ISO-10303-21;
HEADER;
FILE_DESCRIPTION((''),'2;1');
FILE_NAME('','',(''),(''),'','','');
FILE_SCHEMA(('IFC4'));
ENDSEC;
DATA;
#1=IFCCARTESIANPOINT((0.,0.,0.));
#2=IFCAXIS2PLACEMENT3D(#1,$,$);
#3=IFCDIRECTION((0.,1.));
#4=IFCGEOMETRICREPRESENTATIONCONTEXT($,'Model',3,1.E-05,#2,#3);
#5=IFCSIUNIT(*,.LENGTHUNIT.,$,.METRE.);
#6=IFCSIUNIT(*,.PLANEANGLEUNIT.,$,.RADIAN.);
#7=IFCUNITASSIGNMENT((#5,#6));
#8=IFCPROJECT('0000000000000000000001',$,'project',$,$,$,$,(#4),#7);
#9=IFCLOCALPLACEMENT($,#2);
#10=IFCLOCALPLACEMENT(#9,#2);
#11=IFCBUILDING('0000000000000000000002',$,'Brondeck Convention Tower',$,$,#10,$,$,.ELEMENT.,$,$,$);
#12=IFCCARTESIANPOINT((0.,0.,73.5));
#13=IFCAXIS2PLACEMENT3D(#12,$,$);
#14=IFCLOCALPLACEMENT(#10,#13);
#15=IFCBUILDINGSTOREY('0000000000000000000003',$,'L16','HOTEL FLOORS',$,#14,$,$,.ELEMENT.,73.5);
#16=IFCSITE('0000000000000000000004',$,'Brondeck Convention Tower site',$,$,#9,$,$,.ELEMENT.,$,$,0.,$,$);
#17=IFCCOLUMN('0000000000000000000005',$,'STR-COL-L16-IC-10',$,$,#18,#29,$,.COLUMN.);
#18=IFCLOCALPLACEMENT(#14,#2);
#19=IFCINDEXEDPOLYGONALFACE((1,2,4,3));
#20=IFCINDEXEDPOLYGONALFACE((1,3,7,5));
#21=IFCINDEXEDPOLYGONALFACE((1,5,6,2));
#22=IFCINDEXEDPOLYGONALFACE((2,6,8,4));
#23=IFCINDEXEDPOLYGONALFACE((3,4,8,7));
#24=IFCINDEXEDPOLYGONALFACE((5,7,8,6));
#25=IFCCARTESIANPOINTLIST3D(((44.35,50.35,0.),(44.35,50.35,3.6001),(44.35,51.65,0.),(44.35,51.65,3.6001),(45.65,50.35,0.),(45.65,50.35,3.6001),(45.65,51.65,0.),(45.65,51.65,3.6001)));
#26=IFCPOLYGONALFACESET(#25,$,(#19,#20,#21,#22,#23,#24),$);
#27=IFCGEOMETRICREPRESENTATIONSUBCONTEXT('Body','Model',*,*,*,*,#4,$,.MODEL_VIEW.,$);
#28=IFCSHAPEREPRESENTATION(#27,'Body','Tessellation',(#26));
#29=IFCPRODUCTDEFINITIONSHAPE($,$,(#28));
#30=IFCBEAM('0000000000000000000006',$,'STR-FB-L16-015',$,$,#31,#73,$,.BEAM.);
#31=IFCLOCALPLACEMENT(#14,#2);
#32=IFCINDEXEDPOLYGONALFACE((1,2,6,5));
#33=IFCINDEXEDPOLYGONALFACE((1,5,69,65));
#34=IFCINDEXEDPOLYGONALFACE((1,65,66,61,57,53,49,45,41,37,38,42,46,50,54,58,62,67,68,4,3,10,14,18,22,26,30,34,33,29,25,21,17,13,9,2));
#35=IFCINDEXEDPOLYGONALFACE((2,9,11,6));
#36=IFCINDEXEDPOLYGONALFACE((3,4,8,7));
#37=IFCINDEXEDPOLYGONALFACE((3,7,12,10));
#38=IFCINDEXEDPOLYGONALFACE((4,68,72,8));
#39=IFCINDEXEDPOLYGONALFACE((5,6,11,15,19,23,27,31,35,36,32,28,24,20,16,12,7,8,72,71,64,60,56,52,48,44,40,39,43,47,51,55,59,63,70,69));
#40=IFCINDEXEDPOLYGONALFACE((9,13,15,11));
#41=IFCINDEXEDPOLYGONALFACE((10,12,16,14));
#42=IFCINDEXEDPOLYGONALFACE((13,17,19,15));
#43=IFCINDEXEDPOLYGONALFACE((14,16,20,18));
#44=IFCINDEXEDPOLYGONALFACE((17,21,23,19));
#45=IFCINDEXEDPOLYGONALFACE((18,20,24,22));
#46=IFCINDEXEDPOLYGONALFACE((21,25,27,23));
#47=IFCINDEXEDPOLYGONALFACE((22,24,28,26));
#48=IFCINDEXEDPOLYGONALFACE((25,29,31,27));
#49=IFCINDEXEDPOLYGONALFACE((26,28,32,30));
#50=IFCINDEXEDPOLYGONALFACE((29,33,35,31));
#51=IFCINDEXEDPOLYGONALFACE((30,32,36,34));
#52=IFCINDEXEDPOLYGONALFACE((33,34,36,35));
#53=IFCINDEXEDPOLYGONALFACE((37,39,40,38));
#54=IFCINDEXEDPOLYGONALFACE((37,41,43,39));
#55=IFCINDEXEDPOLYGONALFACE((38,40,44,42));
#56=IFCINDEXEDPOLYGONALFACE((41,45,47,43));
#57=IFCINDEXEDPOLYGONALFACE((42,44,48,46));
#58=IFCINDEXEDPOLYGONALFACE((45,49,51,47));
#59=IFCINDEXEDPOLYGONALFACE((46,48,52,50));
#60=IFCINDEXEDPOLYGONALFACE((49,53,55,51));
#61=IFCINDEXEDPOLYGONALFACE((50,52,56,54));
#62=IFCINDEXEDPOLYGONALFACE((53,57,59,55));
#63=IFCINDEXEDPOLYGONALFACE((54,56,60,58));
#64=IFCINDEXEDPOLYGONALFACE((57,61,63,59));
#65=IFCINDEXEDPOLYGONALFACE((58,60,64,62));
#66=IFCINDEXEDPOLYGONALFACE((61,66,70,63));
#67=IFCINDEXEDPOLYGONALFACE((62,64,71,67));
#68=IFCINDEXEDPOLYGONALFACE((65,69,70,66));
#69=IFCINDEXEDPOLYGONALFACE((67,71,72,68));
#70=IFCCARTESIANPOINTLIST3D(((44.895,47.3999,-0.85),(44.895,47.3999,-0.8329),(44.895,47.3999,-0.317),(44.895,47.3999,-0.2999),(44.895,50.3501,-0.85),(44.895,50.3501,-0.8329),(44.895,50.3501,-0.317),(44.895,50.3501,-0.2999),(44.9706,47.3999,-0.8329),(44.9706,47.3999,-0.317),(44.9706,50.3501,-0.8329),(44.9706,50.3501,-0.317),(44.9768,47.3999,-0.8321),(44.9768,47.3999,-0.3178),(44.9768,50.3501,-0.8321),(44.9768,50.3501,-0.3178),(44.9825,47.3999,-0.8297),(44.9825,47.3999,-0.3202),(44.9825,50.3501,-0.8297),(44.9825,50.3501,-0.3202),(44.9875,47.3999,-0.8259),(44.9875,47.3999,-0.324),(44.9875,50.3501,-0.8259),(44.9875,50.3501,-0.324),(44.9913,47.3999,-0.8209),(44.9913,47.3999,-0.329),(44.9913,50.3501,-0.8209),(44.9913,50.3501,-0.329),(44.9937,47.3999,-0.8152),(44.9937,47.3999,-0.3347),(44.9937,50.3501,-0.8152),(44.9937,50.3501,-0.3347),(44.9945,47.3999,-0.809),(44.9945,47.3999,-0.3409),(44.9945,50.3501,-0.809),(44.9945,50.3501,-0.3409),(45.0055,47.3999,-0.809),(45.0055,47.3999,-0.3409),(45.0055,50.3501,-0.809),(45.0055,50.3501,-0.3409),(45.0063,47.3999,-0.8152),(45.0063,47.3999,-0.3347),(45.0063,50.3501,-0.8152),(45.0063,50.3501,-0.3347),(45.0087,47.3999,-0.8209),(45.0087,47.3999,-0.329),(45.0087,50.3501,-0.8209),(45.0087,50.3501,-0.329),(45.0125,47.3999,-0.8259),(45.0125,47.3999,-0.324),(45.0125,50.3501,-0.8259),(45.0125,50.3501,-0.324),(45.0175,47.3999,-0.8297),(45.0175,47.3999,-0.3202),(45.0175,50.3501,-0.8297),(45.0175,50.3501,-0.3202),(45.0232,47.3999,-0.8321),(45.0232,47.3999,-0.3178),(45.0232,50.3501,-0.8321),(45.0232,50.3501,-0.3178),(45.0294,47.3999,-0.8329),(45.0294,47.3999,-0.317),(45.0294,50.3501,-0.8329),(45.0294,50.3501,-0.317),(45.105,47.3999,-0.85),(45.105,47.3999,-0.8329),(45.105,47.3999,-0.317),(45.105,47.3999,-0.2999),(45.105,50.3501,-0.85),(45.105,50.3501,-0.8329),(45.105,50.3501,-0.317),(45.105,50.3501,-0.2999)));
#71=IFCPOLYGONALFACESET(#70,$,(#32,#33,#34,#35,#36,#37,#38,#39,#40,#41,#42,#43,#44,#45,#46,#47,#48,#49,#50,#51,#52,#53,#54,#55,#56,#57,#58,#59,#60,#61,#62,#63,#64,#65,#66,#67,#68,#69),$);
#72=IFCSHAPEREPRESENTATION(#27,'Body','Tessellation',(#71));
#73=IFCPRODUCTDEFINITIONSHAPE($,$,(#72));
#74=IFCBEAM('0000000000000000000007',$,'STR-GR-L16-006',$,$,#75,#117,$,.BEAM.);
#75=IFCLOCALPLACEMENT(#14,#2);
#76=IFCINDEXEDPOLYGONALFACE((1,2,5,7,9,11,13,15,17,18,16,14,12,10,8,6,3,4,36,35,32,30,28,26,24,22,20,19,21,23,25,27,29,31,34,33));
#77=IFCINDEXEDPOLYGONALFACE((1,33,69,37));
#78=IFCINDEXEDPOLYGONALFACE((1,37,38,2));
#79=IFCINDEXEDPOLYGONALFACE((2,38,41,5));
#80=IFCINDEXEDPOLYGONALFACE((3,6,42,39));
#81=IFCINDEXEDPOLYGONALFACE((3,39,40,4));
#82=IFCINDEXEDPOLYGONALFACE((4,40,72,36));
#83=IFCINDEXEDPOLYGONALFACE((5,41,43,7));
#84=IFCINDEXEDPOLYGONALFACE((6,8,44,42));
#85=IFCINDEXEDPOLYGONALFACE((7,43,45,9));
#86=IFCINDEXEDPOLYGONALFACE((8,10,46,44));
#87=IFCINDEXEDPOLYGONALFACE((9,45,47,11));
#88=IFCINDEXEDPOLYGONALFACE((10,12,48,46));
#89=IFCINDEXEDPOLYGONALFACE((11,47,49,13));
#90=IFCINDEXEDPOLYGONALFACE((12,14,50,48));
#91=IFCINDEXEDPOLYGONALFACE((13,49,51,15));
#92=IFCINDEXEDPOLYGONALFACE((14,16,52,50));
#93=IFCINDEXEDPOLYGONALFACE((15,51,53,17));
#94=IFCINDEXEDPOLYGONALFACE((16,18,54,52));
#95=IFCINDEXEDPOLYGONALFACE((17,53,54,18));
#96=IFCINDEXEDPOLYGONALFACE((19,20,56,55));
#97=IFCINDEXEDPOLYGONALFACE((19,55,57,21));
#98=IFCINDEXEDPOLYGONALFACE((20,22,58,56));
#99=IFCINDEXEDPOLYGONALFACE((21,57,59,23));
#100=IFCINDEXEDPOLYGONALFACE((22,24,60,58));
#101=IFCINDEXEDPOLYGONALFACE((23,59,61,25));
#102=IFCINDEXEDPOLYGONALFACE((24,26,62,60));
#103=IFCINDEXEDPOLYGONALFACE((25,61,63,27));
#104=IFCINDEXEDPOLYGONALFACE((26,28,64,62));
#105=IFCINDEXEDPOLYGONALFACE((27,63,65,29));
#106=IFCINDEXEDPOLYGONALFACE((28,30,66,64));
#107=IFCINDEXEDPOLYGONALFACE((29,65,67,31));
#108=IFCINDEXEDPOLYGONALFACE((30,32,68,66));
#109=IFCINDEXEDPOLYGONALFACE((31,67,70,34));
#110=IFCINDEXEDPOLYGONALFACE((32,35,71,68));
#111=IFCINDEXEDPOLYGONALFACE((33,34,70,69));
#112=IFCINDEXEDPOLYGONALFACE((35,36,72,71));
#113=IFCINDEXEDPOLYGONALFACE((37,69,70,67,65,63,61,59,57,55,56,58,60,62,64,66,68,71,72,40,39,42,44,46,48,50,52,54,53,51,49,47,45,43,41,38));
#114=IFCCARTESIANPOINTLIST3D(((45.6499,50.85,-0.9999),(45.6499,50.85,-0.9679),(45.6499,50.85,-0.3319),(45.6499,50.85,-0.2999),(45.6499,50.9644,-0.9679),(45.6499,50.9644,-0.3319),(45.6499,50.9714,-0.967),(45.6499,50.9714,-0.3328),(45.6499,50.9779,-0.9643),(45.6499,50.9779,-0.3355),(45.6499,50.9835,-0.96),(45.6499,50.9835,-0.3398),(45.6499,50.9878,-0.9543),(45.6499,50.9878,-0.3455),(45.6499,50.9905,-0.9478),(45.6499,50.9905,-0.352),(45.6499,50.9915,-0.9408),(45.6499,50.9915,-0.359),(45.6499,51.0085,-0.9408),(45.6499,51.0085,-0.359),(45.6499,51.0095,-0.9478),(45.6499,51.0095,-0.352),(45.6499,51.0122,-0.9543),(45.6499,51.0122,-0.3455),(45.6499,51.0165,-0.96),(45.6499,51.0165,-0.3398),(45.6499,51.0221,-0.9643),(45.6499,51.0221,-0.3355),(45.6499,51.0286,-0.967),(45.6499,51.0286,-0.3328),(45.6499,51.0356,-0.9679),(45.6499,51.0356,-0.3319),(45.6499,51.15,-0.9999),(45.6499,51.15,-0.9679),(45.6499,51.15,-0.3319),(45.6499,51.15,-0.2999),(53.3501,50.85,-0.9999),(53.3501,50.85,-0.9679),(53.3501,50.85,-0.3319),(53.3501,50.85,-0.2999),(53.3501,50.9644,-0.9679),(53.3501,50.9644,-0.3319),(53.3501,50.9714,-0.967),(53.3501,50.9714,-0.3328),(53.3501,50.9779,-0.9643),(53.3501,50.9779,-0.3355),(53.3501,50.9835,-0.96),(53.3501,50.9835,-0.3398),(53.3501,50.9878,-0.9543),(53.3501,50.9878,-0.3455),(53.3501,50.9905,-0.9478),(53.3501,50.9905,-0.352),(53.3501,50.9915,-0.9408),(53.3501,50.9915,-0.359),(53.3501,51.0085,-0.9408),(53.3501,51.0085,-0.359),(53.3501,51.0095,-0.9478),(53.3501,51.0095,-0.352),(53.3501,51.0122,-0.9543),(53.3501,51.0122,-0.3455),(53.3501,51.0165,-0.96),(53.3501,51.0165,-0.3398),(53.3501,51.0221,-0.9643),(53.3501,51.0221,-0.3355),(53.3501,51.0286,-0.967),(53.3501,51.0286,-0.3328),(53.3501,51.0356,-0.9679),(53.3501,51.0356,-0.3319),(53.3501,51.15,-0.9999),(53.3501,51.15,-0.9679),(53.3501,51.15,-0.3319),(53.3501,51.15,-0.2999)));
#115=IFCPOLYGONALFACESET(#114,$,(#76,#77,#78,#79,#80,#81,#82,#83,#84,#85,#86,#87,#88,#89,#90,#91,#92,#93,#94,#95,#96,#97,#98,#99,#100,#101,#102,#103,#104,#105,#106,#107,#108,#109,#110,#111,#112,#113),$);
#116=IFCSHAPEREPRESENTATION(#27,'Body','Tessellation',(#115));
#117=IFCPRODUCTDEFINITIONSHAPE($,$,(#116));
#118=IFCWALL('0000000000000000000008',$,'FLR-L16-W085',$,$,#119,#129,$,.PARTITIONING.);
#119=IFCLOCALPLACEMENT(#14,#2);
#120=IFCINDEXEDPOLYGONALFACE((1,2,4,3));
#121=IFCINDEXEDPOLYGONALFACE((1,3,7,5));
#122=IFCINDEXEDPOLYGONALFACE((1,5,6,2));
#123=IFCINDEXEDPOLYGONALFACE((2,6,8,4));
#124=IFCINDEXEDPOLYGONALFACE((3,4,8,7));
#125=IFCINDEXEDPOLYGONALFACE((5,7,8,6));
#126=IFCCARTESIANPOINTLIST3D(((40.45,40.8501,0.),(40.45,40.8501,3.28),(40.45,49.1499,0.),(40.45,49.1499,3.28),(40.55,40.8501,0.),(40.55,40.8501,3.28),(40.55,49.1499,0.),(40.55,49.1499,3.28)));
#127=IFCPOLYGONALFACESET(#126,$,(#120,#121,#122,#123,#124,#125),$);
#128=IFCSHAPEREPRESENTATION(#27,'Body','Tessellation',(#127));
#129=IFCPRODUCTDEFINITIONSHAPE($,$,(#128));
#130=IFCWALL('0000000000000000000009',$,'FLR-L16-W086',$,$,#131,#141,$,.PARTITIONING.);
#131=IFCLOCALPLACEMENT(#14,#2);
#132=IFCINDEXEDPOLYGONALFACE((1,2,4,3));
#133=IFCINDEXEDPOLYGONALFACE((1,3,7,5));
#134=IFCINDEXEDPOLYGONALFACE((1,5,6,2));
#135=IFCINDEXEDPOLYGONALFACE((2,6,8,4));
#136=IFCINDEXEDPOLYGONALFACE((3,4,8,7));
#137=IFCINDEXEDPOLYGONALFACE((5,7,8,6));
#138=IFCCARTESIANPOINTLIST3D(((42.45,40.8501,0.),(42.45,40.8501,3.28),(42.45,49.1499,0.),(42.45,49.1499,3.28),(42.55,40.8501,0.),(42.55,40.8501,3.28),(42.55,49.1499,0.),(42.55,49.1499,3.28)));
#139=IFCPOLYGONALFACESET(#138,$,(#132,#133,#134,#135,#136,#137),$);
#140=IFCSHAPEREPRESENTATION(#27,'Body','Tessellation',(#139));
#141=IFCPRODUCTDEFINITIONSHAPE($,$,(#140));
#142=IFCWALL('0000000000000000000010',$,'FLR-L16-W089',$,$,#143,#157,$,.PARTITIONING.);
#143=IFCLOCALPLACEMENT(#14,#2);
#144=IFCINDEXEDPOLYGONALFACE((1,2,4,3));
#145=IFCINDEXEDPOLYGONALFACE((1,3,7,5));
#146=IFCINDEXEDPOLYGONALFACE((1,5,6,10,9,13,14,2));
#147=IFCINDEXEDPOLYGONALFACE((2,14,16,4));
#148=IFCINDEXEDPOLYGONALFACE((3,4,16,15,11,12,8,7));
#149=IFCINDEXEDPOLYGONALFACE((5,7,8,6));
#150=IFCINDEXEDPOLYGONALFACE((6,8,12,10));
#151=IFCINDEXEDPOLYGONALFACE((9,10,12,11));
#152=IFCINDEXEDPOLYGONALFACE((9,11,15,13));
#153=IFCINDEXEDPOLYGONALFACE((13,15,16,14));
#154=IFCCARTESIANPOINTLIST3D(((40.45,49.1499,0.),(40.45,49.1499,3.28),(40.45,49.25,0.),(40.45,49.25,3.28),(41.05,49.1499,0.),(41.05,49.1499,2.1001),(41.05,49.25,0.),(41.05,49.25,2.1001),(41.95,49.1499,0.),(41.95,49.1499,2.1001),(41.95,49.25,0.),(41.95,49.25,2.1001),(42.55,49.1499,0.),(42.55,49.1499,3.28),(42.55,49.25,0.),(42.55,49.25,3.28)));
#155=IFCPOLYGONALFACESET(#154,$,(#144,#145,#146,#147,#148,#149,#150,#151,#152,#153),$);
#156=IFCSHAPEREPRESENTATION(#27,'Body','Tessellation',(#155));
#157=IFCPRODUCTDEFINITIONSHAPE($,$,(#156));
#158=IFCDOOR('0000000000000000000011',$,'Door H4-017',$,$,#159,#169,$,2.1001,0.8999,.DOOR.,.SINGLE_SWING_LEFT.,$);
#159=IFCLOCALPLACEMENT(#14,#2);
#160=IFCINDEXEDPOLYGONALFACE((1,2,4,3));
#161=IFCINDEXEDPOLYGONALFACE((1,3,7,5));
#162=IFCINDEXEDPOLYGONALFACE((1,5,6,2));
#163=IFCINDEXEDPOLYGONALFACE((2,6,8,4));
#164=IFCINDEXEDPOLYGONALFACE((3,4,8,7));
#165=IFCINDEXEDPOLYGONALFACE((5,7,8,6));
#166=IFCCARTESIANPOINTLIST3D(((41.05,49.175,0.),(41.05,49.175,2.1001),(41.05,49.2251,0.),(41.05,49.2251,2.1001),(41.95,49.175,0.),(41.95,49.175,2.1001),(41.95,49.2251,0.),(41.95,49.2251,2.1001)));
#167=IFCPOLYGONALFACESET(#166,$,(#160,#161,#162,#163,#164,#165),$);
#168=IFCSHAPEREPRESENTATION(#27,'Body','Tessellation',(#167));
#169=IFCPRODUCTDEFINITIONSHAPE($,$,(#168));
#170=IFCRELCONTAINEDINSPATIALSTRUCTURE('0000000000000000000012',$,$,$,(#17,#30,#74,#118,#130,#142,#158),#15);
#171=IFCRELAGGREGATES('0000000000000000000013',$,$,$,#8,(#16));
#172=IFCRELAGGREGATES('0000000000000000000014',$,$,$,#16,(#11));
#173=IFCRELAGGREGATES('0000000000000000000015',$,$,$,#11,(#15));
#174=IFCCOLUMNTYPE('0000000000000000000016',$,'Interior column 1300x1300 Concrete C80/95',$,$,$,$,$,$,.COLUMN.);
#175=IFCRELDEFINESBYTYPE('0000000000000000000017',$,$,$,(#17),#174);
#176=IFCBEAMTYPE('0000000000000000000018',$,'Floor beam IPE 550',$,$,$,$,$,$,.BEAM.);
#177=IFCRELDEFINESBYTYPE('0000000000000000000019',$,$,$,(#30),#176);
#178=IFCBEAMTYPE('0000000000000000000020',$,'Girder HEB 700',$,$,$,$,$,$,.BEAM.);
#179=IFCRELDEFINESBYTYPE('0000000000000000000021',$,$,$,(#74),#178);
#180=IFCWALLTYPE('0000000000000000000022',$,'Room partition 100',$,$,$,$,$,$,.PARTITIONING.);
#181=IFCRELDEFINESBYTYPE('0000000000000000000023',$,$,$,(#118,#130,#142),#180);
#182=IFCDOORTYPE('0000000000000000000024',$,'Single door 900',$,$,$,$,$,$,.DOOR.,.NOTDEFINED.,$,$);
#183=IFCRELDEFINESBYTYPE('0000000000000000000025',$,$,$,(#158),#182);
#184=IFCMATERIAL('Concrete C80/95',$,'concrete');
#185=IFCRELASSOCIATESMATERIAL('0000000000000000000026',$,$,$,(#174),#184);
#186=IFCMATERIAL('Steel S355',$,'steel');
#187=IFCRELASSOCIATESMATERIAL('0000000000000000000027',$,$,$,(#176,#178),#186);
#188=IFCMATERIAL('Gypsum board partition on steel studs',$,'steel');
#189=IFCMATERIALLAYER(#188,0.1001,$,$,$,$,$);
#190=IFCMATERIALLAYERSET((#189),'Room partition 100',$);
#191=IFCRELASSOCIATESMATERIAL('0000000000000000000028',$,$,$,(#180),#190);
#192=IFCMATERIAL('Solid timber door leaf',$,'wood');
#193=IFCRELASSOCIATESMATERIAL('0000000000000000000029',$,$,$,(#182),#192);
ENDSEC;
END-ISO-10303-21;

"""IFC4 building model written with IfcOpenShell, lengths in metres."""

from ifc_helpers import new_model, si_unit, direction, frame, frame_2d, origin, origin_2d, place, context, subcontext, project, spatial, rectangle, i_section, extrude, material, layer, layer_set, material_profile, profile_set, type_object, element, fill, save


model = new_model("IFC4")

# Units and contexts
model_context = context("Model", 3, precision=1e-05, world=origin(), true_north=direction((0.0, 1.0)))
body_context = subcontext(model_context, "Body", "Model", "MODEL_VIEW")
ifc_project = project(units=[si_unit("LENGTHUNIT", "METRE"), si_unit("PLANEANGLEUNIT", "RADIAN")], contexts=[model_context])

# Site, building, storey
site_placement = place(None, origin())
site = spatial("IfcSite", under=ifc_project, at=site_placement, Name="Brondeck Convention Tower site", CompositionType="ELEMENT", RefElevation=0.0)
building_placement = place(site_placement, origin())
building = spatial("IfcBuilding", under=site, at=building_placement, Name="Brondeck Convention Tower", CompositionType="ELEMENT")
storey_placement = place(building_placement, frame((0.0, 0.0, 73.5)))
storey = spatial("IfcBuildingStorey", under=building, at=storey_placement, Name="L16", Description="HOTEL FLOORS", CompositionType="ELEMENT", Elevation=73.5)

# Column
ifc_material_1 = material(Name="Concrete C80/95", Category="concrete")
ifc_material_profile_1 = material_profile(ifc_material_1, rectangle(XDim=1.3, YDim=1.3, at=origin_2d()), Name="Interior column 1300x1300 Concrete C80/95")
ifc_profile_set_1 = profile_set([ifc_material_profile_1], Name="Concrete C80/95")
column_type = type_object("IfcColumnType", Name="Interior column 1300x1300 Concrete C80/95", PredefinedType="COLUMN", material=ifc_profile_set_1)
column_placement = place(storey_placement, frame((45.0, 51.0, 0.0), z_axis=(0.0, 0.0, 1.0), x_axis=(1.0, 0.0, 0.0)))
element("IfcColumn", 1, at=column_placement, inside=storey, type_object=column_type, Name="STR-COL-L16-IC-10", PredefinedType="COLUMN", context=body_context, shape_type="SweptSolid", body=[
    extrude(rectangle(XDim=1.3, YDim=1.3, at=origin_2d()), origin(), (0.0, 0.0, 1.0), 3.6001),
])

# Beams
ifc_material_2 = material(Name="Steel S355", Category="steel")
ifc_material_profile_2 = material_profile(ifc_material_2, i_section(OverallWidth=0.21, OverallDepth=0.55, WebThickness=0.011, FlangeThickness=0.0171, FilletRadius=0.0239, at=origin_2d()), Name="IPE 550")
ifc_profile_set_2 = profile_set([ifc_material_profile_2], Name="Steel S355")
beam_type_1 = type_object("IfcBeamType", Name="Floor beam IPE 550", PredefinedType="BEAM", material=ifc_profile_set_2)
beam_1_placement = place(storey_placement, frame((45.0, 47.3999, -0.575), z_axis=(0.0, 1.0, 0.0), x_axis=(-1.0, 0.0, 0.0)))
element("IfcBeam", 2, at=beam_1_placement, inside=storey, type_object=beam_type_1, Name="STR-FB-L16-015", PredefinedType="BEAM", context=body_context, shape_type="SweptSolid", body=[
    extrude(i_section(OverallWidth=0.21, OverallDepth=0.55, WebThickness=0.011, FlangeThickness=0.0171, FilletRadius=0.0239, at=origin_2d()), origin(), (0.0, 0.0, 1.0), 2.9502),
])
ifc_material_profile_3 = material_profile(ifc_material_2, i_section(OverallWidth=0.3, OverallDepth=0.7, WebThickness=0.0171, FlangeThickness=0.032, FilletRadius=0.0271, at=origin_2d()), Name="HEB 700")
ifc_profile_set_3 = profile_set([ifc_material_profile_3], Name="Steel S355")
beam_type_2 = type_object("IfcBeamType", Name="Girder HEB 700", PredefinedType="BEAM", material=ifc_profile_set_3)
beam_2_placement = place(storey_placement, frame((45.6499, 51.0, -0.6499), z_axis=(1.0, 0.0, 0.0), x_axis=(0.0, 1.0, 0.0)))
element("IfcBeam", 3, at=beam_2_placement, inside=storey, type_object=beam_type_2, Name="STR-GR-L16-006", PredefinedType="BEAM", context=body_context, shape_type="SweptSolid", body=[
    extrude(i_section(OverallWidth=0.3, OverallDepth=0.7, WebThickness=0.0171, FlangeThickness=0.032, FilletRadius=0.0271, at=origin_2d()), origin(), (0.0, 0.0, 1.0), 7.7002),
])

# Walls
ifc_material_3 = material(Name="Gypsum board partition on steel studs", Category="steel")
ifc_layer_1 = layer(ifc_material_3, 0.1001)
ifc_layer_set_1 = layer_set([ifc_layer_1], Name="Room partition 100")
wall_type_1 = type_object("IfcWallType", Name="Room partition 100", PredefinedType="PARTITIONING", material=ifc_layer_set_1)
for number, where, z_axis, x_axis, name in (
    (4, (40.5, 49.1499, 0.0), (0.0, 0.0, 1.0), (0.0, -1.0, 0.0), "FLR-L16-W085"),
    (5, (42.5, 49.1499, 0.0), (0.0, 0.0, 1.0), (0.0, -1.0, 0.0), "FLR-L16-W086"),
):
    element("IfcWall", number, at=place(storey_placement, frame(where, z_axis=z_axis, x_axis=x_axis)), inside=storey, type_object=wall_type_1, Name=name, PredefinedType="PARTITIONING", context=body_context, shape_type="SweptSolid", body=[
        extrude(rectangle(XDim=8.2998, YDim=0.1001, at=frame_2d((4.1499, 0.0))), origin(), (0.0, 0.0, 1.0), 3.28),
    ])

# Wall, opening, door
wall_1_placement = place(storey_placement, frame((42.55, 49.2, 0.0), z_axis=(0.0, 0.0, 1.0), x_axis=(-1.0, 0.0, 0.0)))
wall_1 = element("IfcWall", 6, at=wall_1_placement, inside=storey, type_object=wall_type_1, Name="FLR-L16-W089", PredefinedType="PARTITIONING", context=body_context, shape_type="SweptSolid", body=[
    extrude(rectangle(XDim=2.1001, YDim=0.1001, at=frame_2d((1.05, 0.0))), origin(), (0.0, 0.0, 1.0), 3.28),
])
opening_1_placement = place(wall_1_placement, frame((0.6001, 0.0, 0.0)))
opening_1 = element("IfcOpeningElement", 7, at=opening_1_placement, cuts=wall_1, PredefinedType="OPENING", context=body_context, shape_type="SweptSolid", body=[
    extrude(rectangle(XDim=0.8999, YDim=2.1001, at=frame_2d((0.45, 1.05))), frame((0.0, 0.0601, 0.0), z_axis=(0.0, -1.0, 0.0), x_axis=(1.0, 0.0, 0.0)), (0.0, 0.0, 1.0), 0.1201),
])
ifc_material_4 = material(Name="Solid timber door leaf", Category="wood")
door_type = type_object("IfcDoorType", Name="Single door 900", OperationType="NOTDEFINED", PredefinedType="DOOR", material=ifc_material_4)
door_1_placement = place(opening_1_placement, origin())
door_1 = element("IfcDoor", 8, at=door_1_placement, inside=storey, type_object=door_type, Name="Door H4-017", OperationType="SINGLE_SWING_LEFT", OverallHeight=2.1001, OverallWidth=0.8999, PredefinedType="DOOR", context=body_context, shape_type="SweptSolid", body=[
    extrude(rectangle(XDim=0.8999, YDim=2.1001, at=frame_2d((0.45, 1.05))), frame((0.0, 0.0249, 0.0), z_axis=(0.0, -1.0, 0.0), x_axis=(1.0, 0.0, 0.0)), (0.0, 0.0, 1.0), 0.05),
])
fill(opening_1, door_1)

save(model, "model.ifc")
